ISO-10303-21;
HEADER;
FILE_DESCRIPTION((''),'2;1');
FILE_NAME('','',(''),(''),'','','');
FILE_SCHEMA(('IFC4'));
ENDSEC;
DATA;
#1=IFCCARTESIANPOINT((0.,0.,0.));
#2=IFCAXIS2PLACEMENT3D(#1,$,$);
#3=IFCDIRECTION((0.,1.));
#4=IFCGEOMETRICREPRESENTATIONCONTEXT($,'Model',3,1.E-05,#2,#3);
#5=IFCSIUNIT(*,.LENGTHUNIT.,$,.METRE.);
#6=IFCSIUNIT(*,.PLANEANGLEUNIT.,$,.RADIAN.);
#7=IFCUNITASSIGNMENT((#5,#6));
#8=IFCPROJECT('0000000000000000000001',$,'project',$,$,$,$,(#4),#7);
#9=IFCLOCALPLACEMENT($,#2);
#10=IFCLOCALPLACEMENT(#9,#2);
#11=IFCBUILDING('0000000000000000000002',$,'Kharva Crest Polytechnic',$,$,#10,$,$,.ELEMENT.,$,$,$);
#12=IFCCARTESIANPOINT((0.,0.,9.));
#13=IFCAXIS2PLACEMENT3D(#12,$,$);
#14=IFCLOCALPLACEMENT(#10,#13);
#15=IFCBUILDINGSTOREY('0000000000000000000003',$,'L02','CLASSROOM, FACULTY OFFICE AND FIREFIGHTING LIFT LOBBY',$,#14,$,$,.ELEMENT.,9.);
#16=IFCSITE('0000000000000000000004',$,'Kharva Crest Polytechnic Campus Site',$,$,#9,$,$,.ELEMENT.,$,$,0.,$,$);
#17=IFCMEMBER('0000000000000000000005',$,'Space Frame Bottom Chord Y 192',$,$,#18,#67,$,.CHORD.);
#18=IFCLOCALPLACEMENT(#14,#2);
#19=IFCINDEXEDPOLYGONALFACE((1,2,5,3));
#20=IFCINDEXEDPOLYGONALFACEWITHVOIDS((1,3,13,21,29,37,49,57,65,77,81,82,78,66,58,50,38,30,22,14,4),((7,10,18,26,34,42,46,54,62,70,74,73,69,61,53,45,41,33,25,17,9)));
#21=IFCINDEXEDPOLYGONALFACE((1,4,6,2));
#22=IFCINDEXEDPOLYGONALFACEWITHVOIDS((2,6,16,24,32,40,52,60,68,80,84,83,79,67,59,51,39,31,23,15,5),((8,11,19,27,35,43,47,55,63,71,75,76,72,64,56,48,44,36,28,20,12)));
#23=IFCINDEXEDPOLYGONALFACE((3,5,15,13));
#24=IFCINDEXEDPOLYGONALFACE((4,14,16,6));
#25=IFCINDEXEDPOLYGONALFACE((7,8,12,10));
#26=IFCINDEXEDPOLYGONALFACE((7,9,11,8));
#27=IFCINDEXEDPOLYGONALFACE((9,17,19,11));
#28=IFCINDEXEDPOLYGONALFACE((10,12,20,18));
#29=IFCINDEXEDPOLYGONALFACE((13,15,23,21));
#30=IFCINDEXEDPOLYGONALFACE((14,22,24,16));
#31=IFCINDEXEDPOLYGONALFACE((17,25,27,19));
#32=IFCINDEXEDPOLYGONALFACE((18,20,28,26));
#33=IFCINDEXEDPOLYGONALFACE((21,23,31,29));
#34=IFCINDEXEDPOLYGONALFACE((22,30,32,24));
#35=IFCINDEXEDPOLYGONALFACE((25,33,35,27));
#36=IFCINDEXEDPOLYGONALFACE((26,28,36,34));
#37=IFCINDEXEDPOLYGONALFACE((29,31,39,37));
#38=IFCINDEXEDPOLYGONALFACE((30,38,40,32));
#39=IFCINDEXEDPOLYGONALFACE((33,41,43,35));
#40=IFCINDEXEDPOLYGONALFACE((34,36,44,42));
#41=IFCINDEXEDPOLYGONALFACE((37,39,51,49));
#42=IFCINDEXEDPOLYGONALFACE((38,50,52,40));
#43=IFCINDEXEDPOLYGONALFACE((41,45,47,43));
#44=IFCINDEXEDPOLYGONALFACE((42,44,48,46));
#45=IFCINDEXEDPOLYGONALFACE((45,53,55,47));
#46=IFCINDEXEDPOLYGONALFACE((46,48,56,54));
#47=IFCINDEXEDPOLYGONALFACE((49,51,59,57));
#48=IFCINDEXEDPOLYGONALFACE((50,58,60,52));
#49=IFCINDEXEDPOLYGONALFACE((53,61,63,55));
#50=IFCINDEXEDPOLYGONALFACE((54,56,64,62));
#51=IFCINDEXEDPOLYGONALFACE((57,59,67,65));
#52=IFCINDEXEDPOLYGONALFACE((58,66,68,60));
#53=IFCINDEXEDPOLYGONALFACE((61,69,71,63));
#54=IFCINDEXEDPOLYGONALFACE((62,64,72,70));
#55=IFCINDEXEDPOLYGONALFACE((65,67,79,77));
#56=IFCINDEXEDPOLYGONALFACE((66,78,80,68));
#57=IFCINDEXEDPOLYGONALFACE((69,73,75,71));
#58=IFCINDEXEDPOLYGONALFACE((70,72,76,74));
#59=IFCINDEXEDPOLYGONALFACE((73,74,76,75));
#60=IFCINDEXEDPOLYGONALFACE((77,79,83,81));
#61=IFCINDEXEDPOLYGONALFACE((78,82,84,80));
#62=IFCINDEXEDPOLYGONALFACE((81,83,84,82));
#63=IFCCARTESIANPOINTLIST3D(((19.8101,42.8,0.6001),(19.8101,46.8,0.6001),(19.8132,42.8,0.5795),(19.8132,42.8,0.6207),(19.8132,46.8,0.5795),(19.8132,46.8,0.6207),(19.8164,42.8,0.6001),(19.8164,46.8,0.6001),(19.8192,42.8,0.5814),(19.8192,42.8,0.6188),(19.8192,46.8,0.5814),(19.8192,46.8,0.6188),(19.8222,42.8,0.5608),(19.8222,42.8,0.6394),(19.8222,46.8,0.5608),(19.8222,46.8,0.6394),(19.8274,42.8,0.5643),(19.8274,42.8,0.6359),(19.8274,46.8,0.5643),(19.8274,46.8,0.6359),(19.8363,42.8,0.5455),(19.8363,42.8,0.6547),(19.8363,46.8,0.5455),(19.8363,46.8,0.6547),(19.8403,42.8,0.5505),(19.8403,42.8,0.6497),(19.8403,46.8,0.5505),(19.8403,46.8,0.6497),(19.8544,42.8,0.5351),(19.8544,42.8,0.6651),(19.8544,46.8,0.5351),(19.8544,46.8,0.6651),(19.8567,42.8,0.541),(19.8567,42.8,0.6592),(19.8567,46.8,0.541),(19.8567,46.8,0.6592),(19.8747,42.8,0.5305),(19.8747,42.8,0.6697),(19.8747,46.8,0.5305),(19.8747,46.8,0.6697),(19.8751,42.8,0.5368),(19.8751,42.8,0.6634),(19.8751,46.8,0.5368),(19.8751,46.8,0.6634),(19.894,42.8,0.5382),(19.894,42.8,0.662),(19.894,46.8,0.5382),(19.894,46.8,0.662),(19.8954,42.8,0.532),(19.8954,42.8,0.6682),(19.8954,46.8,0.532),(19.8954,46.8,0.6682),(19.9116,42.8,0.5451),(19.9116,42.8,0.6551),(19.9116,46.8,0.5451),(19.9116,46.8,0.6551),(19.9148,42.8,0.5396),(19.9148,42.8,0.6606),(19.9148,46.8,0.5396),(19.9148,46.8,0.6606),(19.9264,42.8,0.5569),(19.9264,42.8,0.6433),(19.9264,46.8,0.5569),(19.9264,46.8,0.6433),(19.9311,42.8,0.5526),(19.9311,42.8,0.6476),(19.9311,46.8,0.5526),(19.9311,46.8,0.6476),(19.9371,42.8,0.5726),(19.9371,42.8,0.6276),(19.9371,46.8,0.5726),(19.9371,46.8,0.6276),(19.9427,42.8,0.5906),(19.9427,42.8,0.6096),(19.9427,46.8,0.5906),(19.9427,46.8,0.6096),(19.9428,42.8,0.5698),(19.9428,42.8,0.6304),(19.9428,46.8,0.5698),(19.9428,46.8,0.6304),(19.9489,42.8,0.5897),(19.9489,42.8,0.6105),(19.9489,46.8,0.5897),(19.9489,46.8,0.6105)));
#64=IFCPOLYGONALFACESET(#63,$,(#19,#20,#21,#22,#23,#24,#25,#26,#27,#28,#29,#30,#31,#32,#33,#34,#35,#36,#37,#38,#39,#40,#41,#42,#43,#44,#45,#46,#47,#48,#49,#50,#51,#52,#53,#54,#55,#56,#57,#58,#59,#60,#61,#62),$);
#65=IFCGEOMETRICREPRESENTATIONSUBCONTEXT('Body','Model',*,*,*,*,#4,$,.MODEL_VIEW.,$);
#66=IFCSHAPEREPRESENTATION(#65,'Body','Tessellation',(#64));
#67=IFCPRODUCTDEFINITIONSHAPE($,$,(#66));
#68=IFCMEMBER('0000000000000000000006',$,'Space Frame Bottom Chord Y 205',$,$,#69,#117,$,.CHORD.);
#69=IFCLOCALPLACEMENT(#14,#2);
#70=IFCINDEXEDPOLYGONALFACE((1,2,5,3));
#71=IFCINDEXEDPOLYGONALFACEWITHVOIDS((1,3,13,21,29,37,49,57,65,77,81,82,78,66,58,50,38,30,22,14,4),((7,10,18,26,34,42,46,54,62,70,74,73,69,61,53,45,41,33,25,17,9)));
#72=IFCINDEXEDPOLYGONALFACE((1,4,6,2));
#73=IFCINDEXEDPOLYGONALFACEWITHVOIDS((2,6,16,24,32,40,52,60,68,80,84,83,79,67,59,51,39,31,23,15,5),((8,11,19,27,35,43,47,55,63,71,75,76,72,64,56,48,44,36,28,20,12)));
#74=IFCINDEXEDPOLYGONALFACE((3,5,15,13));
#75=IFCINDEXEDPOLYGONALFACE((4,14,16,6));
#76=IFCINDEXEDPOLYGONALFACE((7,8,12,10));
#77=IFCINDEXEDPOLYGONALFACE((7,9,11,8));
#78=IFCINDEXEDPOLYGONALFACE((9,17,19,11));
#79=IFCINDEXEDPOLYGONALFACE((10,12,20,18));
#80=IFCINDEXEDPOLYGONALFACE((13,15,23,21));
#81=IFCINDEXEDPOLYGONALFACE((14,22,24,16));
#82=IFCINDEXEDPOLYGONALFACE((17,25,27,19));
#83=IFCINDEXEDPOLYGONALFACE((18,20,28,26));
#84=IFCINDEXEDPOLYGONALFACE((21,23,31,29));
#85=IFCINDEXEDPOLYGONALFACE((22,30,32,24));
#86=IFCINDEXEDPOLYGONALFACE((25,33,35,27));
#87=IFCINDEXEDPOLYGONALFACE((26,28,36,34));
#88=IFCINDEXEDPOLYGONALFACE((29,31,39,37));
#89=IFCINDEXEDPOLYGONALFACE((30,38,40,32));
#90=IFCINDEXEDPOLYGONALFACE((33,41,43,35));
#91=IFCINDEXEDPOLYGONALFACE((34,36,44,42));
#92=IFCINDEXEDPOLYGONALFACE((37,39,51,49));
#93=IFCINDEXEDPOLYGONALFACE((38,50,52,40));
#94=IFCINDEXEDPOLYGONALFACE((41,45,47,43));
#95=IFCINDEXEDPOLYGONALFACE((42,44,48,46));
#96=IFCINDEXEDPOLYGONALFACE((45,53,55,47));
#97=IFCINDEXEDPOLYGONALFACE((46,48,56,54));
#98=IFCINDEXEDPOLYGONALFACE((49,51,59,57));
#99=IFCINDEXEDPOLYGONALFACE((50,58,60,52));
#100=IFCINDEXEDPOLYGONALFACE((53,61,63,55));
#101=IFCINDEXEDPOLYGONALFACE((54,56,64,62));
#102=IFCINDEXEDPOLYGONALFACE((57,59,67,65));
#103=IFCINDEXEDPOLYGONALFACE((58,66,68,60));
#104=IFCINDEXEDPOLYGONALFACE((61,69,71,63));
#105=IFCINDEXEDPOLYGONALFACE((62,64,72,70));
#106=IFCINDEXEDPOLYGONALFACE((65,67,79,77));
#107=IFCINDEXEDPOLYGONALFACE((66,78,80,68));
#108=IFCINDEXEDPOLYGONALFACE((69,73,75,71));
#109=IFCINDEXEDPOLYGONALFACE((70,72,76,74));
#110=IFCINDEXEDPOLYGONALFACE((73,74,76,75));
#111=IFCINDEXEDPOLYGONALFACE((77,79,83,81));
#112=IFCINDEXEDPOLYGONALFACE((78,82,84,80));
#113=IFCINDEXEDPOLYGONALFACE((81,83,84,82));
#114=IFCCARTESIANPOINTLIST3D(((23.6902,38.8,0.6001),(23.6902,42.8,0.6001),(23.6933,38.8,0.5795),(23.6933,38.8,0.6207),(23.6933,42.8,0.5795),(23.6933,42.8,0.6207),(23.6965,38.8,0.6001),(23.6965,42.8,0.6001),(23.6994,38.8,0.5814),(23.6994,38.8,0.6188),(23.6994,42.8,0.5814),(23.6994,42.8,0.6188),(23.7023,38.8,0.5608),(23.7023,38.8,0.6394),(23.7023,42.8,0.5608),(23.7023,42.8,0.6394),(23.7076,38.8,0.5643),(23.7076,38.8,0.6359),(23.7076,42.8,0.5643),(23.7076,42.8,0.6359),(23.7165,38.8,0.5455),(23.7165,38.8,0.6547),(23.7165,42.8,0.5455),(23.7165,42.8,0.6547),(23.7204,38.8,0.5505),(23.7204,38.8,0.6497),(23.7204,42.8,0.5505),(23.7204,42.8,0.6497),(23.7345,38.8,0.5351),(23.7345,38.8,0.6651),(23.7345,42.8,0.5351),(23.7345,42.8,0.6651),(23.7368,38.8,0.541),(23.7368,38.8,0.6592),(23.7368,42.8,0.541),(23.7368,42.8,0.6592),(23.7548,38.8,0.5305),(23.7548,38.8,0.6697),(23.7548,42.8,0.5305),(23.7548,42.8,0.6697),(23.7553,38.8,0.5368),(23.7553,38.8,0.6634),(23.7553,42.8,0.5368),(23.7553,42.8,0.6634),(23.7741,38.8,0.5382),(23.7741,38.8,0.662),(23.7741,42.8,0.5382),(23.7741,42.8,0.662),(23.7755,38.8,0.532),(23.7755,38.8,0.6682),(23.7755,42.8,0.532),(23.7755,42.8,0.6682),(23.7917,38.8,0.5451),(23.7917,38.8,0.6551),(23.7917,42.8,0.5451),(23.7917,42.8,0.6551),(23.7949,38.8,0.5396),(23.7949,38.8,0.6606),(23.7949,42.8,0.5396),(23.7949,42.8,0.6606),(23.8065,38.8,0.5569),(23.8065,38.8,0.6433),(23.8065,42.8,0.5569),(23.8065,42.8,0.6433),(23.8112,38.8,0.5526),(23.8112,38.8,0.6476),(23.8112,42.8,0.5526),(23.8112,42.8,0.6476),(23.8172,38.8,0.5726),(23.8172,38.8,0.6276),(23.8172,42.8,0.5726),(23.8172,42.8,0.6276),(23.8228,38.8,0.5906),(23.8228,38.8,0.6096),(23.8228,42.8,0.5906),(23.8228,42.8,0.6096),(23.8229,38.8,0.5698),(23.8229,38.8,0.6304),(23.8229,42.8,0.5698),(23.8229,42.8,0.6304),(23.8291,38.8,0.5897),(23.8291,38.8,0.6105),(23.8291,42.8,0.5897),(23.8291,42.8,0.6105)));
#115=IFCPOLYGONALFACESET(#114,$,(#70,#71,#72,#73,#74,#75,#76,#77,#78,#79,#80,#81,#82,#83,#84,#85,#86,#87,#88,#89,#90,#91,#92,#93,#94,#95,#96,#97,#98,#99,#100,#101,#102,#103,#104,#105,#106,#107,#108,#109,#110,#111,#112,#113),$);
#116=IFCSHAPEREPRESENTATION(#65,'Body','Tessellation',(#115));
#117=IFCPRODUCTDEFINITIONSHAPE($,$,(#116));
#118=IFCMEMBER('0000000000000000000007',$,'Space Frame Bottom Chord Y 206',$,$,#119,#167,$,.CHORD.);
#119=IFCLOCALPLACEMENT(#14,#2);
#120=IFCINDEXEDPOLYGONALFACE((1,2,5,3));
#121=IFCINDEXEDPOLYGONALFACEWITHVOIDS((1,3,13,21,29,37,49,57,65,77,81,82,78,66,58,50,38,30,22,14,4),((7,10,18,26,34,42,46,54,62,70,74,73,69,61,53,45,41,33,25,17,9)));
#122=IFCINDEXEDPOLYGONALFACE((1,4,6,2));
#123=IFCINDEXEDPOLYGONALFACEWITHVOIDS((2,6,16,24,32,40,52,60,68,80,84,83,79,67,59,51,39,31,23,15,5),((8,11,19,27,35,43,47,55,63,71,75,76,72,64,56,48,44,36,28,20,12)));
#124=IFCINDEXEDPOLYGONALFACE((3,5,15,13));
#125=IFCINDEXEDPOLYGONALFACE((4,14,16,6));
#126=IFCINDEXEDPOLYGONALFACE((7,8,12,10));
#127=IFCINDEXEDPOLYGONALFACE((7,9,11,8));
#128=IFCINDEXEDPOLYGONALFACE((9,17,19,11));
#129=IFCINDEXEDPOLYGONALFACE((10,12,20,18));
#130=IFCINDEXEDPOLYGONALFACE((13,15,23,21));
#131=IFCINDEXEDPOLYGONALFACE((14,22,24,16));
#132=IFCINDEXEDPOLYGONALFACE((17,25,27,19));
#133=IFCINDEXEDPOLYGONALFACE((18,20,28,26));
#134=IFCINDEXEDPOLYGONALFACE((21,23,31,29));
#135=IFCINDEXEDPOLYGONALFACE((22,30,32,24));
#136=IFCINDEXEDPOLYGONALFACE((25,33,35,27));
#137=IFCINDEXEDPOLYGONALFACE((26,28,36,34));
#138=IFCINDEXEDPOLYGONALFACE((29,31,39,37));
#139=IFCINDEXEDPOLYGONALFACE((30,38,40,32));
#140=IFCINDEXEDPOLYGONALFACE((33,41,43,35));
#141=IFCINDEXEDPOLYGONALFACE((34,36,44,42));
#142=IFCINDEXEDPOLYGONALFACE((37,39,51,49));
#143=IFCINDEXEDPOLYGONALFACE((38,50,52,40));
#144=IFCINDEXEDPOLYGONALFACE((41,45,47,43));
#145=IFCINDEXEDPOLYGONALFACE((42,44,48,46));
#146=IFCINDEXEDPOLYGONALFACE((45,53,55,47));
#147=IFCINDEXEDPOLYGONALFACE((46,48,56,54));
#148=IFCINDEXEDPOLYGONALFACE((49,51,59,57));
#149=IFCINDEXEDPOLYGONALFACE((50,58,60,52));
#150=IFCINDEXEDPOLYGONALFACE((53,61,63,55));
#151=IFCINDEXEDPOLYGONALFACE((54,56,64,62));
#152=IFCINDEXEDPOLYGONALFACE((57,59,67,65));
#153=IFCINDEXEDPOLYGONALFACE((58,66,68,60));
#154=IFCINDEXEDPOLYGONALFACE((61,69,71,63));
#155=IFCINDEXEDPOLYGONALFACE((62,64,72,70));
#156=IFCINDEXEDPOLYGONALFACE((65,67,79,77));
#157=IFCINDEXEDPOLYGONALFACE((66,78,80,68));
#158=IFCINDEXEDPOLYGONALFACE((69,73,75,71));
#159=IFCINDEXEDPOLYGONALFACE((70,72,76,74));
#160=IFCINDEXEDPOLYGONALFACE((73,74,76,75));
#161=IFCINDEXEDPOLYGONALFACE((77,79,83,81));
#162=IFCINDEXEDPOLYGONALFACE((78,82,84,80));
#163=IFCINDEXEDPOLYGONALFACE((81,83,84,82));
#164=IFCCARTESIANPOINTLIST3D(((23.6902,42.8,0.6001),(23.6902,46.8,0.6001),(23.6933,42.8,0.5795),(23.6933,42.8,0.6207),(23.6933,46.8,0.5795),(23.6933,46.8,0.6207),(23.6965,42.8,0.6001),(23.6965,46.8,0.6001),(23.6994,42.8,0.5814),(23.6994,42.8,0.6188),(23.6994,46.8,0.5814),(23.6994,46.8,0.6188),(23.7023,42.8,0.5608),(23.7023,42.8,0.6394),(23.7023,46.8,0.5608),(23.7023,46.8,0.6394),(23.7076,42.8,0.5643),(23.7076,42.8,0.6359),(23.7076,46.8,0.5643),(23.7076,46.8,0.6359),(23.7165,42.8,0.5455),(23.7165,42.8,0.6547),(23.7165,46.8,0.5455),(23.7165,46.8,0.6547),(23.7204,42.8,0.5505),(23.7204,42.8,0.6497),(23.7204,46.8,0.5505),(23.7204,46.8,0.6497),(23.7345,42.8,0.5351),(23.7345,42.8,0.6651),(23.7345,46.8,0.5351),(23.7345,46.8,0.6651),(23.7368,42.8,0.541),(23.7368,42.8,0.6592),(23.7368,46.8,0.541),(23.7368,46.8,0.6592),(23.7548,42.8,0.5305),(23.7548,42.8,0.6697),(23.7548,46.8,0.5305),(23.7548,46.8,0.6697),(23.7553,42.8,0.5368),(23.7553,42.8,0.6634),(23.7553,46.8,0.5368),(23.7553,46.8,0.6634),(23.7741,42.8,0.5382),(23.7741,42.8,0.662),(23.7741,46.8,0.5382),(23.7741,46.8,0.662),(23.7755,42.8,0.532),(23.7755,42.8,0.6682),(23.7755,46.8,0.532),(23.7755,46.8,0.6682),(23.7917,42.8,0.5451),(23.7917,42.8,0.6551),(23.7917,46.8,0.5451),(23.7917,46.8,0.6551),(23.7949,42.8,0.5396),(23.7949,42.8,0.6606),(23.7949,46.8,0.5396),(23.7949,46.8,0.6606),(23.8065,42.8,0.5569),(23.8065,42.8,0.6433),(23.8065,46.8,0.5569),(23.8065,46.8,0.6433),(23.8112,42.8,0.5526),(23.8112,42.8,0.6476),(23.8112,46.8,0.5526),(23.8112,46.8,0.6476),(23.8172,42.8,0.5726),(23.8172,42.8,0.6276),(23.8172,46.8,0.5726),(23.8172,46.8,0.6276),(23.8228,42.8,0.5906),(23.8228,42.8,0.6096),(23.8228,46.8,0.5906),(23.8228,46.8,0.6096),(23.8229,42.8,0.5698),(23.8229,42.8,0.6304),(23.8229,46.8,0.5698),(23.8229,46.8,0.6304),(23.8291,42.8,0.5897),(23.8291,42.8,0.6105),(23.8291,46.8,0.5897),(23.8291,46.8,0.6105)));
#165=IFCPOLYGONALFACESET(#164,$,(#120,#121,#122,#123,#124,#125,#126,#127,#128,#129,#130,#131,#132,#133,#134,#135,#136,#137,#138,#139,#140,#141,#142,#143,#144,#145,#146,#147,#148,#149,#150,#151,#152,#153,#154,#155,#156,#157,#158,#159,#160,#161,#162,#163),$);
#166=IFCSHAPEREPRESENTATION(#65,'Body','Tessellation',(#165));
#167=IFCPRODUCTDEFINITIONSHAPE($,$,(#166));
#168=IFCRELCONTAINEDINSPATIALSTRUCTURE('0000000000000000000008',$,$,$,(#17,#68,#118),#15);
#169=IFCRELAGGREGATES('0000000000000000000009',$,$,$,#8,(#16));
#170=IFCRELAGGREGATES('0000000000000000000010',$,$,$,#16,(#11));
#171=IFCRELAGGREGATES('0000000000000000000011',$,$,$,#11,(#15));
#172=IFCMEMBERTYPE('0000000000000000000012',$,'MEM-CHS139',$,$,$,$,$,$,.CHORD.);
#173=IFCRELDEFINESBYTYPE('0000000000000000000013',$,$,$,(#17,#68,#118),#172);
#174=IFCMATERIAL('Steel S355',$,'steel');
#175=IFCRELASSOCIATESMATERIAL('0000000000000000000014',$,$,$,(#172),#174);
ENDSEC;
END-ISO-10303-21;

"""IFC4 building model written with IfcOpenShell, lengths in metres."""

from ifc_helpers import new_model, si_unit, direction, frame, origin, origin_2d, place, context, subcontext, project, spatial, hollow_circle, extrude, material, material_profile, profile_set, type_object, element, save


model = new_model("IFC4")

# Units and contexts
model_context = context("Model", 3, precision=1e-05, world=origin(), true_north=direction((0.0, 1.0)))
body_context = subcontext(model_context, "Body", "Model", "MODEL_VIEW")
ifc_project = project(units=[si_unit("LENGTHUNIT", "METRE"), si_unit("PLANEANGLEUNIT", "RADIAN")], contexts=[model_context])

# Site, building, storey
site_placement = place(None, origin())
site = spatial("IfcSite", under=ifc_project, at=site_placement, Name="Kharva Crest Polytechnic Campus Site", CompositionType="ELEMENT", RefElevation=0.0)
building_placement = place(site_placement, origin())
building = spatial("IfcBuilding", under=site, at=building_placement, Name="Kharva Crest Polytechnic", CompositionType="ELEMENT")
storey_placement = place(building_placement, frame((0.0, 0.0, 9.0)))
storey = spatial("IfcBuildingStorey", under=building, at=storey_placement, Name="L02", Description="CLASSROOM, FACULTY OFFICE AND FIREFIGHTING LIFT LOBBY", CompositionType="ELEMENT", Elevation=9.0)

# Members
ifc_material = material(Name="Steel S355", Category="steel")
ifc_material_profile_1 = material_profile(ifc_material, hollow_circle(Radius=0.0698, WallThickness=0.0063, at=origin_2d()), Name="CHS 139.7X6.3")
ifc_profile_set_1 = profile_set([ifc_material_profile_1], Name="Steel S355")
member_type_1 = type_object("IfcMemberType", Name="MEM-CHS139", PredefinedType="CHORD", material=ifc_profile_set_1)
for number, where, z_axis, x_axis, name in (
    (1, (19.8799, 42.8, 0.6001), (0.0, 1.0, 0.0), (-1.0, 0.0, 0.0), "Space Frame Bottom Chord Y 192"),
    (2, (23.76, 38.8, 0.6001), (0.0, 1.0, 0.0), (-1.0, 0.0, 0.0), "Space Frame Bottom Chord Y 205"),
    (3, (23.76, 42.8, 0.6001), (0.0, 1.0, 0.0), (-1.0, 0.0, 0.0), "Space Frame Bottom Chord Y 206"),
):
    element("IfcMember", number, at=place(storey_placement, frame(where, z_axis=z_axis, x_axis=x_axis)), inside=storey, type_object=member_type_1, Name=name, PredefinedType="CHORD", context=body_context, shape_type="SweptSolid", body=[
        extrude(hollow_circle(Radius=0.0698, WallThickness=0.0063, at=origin_2d()), origin(), (0.0, 0.0, 1.0), 4.0),
    ])

save(model, "model.ifc")
